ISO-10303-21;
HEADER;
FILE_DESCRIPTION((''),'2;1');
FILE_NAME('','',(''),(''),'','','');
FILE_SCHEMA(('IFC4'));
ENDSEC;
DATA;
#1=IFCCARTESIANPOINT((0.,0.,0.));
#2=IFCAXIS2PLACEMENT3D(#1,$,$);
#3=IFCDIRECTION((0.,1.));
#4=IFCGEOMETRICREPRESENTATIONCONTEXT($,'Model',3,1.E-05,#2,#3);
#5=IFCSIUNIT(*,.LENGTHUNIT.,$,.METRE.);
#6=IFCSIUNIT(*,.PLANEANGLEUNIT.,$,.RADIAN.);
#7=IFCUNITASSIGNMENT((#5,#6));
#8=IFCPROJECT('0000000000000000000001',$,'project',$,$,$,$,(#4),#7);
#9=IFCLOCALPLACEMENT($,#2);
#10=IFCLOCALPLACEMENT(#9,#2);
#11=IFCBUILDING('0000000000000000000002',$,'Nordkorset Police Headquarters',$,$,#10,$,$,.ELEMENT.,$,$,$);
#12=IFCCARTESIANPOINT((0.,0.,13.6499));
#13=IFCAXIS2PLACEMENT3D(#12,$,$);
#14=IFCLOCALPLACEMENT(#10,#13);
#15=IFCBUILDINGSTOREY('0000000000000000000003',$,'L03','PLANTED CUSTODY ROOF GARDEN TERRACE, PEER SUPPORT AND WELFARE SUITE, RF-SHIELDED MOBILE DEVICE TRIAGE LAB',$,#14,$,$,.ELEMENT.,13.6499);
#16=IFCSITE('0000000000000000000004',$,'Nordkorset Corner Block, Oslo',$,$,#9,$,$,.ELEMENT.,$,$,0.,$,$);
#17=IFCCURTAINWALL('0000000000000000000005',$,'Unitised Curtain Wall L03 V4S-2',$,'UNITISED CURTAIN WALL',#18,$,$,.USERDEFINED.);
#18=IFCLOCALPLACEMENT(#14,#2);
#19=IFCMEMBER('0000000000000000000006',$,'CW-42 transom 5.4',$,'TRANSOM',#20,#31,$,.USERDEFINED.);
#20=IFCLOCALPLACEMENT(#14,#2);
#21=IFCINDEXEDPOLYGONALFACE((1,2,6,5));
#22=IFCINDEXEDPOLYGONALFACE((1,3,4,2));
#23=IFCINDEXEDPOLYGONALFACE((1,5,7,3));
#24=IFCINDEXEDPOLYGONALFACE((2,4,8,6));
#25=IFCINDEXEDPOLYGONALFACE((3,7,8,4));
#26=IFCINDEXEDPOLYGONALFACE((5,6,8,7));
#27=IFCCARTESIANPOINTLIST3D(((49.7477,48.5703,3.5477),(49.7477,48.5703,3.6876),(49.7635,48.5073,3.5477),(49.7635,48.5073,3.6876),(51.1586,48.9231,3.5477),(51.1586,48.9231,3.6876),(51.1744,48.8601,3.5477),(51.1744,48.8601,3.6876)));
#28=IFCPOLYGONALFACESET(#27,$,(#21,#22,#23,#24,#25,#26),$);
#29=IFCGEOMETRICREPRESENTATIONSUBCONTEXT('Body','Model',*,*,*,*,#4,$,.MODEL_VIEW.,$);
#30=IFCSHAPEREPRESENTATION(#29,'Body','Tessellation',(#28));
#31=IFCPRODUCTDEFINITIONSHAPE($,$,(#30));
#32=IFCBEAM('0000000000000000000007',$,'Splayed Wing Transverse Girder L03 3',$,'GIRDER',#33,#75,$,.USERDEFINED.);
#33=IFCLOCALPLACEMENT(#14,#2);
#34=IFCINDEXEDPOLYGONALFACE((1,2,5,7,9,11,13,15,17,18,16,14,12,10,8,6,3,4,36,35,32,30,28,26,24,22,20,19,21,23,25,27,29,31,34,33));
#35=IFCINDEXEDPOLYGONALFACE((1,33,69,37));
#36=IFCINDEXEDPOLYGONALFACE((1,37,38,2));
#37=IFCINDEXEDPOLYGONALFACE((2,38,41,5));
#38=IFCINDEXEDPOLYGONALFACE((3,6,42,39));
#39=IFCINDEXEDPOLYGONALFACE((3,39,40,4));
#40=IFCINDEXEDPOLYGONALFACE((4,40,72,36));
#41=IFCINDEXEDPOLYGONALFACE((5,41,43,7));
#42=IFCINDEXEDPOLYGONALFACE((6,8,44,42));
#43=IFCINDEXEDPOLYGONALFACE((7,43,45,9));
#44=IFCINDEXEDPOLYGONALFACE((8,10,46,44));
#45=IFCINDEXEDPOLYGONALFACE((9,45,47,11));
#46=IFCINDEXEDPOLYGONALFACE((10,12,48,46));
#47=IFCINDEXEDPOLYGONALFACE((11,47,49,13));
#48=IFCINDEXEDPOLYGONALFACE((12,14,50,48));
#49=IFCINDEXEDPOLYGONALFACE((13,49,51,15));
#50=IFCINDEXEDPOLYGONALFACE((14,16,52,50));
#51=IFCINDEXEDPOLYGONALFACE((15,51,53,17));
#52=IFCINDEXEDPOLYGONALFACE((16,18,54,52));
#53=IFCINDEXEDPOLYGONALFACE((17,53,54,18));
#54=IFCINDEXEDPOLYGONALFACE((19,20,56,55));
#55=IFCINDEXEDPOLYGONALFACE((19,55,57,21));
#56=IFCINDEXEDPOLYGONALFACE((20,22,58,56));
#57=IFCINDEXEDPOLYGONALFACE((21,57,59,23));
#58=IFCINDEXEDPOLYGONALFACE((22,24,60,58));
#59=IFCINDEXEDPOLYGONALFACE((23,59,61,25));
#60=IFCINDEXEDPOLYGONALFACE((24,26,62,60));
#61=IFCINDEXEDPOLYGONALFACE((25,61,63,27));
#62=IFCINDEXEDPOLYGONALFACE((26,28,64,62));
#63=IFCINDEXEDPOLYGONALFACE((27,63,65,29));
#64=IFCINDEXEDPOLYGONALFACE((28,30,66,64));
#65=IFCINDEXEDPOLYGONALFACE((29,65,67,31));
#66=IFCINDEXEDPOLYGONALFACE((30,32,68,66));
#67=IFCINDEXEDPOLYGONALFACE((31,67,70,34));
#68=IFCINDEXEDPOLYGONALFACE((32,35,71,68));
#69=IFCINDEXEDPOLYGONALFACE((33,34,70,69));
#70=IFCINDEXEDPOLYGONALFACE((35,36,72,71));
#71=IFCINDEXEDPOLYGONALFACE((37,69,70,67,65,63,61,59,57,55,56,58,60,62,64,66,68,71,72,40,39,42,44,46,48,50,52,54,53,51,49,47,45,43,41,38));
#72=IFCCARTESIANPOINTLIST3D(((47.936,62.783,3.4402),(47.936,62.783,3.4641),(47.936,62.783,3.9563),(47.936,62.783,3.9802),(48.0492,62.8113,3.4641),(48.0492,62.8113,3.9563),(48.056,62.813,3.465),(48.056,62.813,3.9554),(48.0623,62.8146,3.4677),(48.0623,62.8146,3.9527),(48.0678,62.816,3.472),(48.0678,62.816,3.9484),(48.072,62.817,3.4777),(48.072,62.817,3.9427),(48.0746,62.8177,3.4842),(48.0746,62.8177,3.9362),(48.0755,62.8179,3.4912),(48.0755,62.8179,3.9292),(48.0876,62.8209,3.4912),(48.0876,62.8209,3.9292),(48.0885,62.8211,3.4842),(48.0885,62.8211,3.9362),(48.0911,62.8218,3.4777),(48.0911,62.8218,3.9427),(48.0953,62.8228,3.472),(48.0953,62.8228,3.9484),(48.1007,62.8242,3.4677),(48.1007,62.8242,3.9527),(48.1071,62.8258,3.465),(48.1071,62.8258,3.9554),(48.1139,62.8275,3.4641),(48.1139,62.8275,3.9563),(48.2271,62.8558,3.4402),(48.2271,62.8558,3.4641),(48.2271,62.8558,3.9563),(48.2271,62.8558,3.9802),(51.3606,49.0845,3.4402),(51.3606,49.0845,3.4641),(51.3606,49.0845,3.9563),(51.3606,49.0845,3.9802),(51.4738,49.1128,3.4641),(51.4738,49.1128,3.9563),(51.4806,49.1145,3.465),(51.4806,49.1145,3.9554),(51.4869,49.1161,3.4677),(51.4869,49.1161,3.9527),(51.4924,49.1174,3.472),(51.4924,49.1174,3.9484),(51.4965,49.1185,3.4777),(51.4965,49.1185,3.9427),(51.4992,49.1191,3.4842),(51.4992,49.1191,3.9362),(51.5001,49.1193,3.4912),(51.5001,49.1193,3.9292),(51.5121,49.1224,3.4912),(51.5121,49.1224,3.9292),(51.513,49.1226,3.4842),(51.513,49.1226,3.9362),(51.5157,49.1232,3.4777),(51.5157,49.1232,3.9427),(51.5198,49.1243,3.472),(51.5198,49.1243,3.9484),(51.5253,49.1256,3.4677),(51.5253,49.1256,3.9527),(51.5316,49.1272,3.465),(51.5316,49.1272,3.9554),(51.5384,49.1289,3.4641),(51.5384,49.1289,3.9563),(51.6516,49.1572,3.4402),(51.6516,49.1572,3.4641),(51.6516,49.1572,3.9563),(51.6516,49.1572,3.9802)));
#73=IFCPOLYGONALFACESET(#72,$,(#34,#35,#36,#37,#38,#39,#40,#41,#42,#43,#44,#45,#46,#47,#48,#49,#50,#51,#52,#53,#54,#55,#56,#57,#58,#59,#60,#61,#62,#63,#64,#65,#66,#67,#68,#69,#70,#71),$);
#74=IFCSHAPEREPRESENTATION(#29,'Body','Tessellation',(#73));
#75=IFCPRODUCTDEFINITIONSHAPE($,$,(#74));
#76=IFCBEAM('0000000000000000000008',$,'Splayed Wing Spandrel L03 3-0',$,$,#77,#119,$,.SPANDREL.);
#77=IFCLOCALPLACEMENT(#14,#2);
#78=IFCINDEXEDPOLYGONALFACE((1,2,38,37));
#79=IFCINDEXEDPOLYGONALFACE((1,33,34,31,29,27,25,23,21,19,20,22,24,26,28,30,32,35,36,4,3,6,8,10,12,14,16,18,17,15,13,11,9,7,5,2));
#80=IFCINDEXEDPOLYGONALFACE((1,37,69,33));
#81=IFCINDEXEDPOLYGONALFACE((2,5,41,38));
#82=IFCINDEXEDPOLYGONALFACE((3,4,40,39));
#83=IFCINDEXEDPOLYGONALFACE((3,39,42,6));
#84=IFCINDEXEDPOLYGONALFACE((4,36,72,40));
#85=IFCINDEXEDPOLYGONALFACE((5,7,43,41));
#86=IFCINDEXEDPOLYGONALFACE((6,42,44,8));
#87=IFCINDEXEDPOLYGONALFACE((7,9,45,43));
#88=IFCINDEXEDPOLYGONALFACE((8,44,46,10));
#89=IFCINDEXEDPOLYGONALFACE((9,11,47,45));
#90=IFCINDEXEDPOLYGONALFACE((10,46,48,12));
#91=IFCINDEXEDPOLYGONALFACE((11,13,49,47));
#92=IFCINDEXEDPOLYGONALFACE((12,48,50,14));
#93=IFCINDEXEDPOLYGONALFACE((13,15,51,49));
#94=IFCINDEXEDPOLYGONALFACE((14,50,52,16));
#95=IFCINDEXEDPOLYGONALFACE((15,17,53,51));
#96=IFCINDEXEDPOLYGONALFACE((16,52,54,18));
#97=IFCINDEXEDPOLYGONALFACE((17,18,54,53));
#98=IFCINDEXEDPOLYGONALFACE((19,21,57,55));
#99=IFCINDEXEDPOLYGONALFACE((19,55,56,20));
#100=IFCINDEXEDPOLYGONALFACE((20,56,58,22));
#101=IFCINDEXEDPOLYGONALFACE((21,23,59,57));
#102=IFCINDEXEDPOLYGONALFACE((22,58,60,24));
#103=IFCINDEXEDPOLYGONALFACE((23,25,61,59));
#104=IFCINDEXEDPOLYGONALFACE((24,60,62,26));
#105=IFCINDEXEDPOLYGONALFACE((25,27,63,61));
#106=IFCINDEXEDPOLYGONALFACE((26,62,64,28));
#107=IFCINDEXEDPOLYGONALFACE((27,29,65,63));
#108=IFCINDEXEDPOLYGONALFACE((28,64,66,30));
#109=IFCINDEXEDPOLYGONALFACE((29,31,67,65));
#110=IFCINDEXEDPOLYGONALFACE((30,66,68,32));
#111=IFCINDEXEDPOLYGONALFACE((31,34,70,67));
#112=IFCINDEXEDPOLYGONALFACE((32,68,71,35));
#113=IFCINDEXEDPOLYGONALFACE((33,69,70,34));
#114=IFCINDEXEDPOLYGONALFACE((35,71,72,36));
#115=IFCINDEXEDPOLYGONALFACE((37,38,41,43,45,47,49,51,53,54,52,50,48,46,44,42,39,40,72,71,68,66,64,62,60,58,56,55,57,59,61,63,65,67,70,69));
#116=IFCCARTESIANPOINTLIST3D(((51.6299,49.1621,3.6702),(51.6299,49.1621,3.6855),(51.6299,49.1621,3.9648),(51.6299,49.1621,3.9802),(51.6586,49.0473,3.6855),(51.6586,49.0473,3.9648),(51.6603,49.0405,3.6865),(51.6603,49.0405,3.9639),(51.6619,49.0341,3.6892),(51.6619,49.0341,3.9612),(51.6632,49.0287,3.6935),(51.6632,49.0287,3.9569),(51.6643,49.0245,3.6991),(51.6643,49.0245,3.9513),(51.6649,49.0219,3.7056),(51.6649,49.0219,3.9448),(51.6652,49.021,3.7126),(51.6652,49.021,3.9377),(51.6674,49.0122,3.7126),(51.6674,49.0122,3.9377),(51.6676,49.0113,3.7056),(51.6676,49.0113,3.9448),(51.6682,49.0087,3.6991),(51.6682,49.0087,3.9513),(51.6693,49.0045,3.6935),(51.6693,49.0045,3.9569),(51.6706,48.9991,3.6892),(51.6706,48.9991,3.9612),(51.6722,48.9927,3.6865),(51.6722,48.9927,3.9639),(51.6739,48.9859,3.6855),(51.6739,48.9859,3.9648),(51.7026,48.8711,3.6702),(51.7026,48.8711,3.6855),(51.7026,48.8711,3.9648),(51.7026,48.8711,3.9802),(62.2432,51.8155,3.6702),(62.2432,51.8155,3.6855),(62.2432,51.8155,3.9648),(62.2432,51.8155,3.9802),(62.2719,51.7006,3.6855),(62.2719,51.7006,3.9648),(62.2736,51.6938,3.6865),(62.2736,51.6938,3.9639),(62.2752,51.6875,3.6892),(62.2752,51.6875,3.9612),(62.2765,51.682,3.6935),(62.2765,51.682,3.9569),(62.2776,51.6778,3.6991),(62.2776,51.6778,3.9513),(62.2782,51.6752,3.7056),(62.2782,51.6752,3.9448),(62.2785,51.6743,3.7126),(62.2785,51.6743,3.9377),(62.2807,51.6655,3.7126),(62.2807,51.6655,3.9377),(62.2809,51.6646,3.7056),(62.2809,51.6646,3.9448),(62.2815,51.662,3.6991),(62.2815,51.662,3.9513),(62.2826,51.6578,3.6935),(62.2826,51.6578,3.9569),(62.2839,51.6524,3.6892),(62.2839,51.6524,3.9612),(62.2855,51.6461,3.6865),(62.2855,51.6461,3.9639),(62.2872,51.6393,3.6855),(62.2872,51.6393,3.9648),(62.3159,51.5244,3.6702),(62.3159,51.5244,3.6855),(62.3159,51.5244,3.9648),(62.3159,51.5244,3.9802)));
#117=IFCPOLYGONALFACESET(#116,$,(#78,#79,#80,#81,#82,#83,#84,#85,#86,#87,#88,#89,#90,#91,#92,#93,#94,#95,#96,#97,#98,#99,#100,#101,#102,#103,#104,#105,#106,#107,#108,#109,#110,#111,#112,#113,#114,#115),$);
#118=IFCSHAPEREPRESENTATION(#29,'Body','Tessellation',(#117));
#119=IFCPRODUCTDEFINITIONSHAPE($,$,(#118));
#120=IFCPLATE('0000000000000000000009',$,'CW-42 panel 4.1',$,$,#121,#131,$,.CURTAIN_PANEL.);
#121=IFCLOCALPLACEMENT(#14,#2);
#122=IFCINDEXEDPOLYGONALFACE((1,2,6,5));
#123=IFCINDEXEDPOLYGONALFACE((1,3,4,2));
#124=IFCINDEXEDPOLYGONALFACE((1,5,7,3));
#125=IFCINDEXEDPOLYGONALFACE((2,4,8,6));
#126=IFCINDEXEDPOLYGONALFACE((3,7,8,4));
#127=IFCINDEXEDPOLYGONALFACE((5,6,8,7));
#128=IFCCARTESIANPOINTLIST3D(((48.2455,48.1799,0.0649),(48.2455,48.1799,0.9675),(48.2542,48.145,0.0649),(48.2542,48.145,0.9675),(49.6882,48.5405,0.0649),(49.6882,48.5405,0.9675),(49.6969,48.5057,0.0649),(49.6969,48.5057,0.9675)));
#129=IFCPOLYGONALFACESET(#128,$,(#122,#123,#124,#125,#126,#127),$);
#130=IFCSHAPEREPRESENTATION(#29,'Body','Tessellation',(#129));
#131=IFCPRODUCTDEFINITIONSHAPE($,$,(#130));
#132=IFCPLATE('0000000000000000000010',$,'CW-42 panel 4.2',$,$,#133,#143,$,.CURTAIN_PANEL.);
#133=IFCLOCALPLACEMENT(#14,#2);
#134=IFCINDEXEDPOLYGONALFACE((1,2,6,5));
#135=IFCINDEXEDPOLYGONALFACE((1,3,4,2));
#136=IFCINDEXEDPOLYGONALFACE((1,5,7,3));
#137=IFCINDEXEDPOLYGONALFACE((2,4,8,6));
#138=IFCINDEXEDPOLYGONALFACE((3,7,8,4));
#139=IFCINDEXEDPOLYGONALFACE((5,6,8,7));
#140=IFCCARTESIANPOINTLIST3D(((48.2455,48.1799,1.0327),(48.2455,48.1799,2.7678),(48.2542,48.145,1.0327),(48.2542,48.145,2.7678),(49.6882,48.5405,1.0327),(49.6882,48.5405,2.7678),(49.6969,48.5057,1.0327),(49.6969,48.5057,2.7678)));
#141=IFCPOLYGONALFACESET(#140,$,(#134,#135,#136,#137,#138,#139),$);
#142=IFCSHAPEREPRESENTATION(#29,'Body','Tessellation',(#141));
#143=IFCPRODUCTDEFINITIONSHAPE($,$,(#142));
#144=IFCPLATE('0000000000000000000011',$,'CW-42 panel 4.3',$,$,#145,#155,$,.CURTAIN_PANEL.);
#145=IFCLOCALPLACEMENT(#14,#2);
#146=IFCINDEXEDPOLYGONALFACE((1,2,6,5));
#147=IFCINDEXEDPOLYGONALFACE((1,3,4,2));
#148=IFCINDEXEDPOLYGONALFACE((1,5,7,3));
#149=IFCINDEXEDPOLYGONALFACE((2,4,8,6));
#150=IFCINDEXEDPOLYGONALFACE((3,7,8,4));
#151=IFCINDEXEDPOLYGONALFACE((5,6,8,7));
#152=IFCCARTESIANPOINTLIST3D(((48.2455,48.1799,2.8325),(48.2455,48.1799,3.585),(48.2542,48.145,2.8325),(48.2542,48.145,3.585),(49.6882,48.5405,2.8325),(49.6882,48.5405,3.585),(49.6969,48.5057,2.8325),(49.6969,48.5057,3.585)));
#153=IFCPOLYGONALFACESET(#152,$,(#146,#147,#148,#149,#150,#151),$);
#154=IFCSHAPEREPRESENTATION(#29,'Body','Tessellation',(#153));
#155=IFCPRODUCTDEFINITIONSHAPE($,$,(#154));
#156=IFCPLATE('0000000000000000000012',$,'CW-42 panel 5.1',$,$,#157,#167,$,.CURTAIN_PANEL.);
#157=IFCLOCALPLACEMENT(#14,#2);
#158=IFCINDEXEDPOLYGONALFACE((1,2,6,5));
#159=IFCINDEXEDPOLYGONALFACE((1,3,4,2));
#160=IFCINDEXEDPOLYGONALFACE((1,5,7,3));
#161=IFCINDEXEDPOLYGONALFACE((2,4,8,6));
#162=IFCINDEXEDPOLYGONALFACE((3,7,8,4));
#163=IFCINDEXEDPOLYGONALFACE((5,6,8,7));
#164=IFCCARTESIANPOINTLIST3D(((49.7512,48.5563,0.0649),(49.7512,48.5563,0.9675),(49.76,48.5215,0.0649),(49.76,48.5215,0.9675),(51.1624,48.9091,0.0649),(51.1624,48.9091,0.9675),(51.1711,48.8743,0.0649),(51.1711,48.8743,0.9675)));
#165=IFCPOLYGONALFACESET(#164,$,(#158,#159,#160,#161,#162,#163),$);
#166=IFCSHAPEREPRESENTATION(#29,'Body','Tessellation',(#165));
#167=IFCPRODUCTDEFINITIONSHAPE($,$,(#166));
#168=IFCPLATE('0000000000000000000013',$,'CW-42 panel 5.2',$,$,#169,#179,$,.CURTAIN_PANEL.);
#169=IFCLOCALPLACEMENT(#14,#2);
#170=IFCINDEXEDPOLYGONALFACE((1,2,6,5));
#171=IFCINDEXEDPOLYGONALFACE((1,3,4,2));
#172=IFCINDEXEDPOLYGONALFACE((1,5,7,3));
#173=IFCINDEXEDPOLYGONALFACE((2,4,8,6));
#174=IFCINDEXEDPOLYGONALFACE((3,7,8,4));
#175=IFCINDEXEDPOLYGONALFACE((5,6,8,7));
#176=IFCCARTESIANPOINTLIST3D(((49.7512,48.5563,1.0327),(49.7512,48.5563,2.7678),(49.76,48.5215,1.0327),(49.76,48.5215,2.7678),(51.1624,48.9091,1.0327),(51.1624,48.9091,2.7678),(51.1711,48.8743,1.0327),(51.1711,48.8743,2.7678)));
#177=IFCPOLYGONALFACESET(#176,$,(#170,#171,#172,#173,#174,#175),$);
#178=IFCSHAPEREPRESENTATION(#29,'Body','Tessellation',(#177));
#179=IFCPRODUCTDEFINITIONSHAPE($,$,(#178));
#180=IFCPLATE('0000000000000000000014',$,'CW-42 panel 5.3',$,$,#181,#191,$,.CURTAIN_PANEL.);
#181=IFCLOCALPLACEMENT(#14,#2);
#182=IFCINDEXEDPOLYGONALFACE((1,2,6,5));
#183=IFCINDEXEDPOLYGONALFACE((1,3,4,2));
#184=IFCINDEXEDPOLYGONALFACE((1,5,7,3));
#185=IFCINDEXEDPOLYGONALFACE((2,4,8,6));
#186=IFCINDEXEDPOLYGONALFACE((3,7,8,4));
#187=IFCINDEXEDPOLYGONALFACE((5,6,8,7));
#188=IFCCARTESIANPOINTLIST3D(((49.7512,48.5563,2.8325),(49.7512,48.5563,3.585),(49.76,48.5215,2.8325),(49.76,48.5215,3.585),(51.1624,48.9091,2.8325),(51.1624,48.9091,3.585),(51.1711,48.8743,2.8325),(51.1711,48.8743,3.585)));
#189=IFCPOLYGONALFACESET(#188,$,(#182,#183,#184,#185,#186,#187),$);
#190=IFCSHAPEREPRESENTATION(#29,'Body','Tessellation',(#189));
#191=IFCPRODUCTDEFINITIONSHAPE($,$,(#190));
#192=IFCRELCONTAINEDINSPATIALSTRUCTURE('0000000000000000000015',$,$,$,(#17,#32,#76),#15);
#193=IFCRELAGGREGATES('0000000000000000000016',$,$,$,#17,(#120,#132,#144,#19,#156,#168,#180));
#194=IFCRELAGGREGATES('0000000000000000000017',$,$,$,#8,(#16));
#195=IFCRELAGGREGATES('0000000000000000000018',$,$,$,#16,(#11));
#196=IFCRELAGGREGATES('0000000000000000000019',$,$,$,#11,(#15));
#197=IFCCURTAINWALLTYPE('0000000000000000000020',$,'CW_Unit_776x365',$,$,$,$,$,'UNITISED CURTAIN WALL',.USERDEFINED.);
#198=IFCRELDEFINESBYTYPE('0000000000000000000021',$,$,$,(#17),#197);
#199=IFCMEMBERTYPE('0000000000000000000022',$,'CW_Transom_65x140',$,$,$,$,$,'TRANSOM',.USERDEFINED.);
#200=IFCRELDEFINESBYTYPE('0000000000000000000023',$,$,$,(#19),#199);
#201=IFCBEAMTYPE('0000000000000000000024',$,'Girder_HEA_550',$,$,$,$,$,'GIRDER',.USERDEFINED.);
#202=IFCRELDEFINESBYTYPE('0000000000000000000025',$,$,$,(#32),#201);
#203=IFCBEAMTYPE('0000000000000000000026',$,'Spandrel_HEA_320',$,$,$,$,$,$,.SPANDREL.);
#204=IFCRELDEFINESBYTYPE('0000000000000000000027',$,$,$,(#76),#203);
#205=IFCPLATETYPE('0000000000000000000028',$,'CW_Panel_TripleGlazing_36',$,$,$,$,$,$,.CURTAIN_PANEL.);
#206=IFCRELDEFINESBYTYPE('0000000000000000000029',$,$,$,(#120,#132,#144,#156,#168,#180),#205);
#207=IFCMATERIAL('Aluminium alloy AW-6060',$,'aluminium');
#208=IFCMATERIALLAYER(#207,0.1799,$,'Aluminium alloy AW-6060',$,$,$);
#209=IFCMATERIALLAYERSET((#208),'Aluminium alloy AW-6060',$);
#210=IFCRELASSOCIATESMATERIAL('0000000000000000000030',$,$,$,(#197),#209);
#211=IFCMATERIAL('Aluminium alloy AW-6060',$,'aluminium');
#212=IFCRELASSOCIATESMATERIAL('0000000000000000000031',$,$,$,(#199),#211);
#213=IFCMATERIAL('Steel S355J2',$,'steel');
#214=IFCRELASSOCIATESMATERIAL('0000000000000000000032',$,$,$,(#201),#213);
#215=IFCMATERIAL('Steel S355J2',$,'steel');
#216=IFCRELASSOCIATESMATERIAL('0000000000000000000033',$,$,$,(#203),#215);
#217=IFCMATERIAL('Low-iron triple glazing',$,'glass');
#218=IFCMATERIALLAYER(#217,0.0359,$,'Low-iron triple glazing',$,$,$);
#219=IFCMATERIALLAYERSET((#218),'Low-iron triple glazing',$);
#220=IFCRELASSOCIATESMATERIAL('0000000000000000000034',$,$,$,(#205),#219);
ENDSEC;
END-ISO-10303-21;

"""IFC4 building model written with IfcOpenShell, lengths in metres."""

from ifc_helpers import new_model, si_unit, direction, frame, origin, origin_2d, place, context, subcontext, project, spatial, rectangle, i_section, extrude, material, layer, layer_set, material_profile, profile_set, type_object, element, aggregate, save


model = new_model("IFC4")

# Units and contexts
model_context = context("Model", 3, precision=1e-05, world=origin(), true_north=direction((0.0, 1.0)))
body_context = subcontext(model_context, "Body", "Model", "MODEL_VIEW")
ifc_project = project(units=[si_unit("LENGTHUNIT", "METRE"), si_unit("PLANEANGLEUNIT", "RADIAN")], contexts=[model_context])

# Site, building, storey
site_placement = place(None, origin())
site = spatial("IfcSite", under=ifc_project, at=site_placement, Name="Nordkorset Corner Block, Oslo", CompositionType="ELEMENT", RefElevation=0.0)
building_placement = place(site_placement, origin())
building = spatial("IfcBuilding", under=site, at=building_placement, Name="Nordkorset Police Headquarters", CompositionType="ELEMENT")
storey_placement = place(building_placement, frame((0.0, 0.0, 13.6499)))
storey = spatial("IfcBuildingStorey", under=building, at=storey_placement, Name="L03", Description="PLANTED CUSTODY ROOF GARDEN TERRACE, PEER SUPPORT AND WELFARE SUITE, RF-SHIELDED MOBILE DEVICE TRIAGE LAB", CompositionType="ELEMENT", Elevation=13.6499)

# Curtain wall, member
ifc_material_1 = material(Name="Aluminium alloy AW-6060", Category="aluminium")
ifc_layer_1 = layer(ifc_material_1, 0.1799, Name="Aluminium alloy AW-6060")
ifc_layer_set_1 = layer_set([ifc_layer_1], Name="Aluminium alloy AW-6060")
curtain_wall_type = type_object("IfcCurtainWallType", Name="CW_Unit_776x365", ElementType="UNITISED CURTAIN WALL", PredefinedType="USERDEFINED", material=ifc_layer_set_1)
curtain_wall_placement = place(storey_placement, origin())
curtain_wall = element("IfcCurtainWall", 1, at=curtain_wall_placement, inside=storey, type_object=curtain_wall_type, Name="Unitised Curtain Wall L03 V4S-2", ObjectType="UNITISED CURTAIN WALL", PredefinedType="USERDEFINED")
ifc_material_2 = material(Name="Aluminium alloy AW-6060", Category="aluminium")
ifc_material_profile_1 = material_profile(ifc_material_2, rectangle(XDim=0.0649, YDim=0.1399, at=origin_2d()), Name="ALU TRAN 65x140")
ifc_profile_set_1 = profile_set([ifc_material_profile_1], Name="Aluminium alloy AW-6060")
member_type_1 = type_object("IfcMemberType", Name="CW_Transom_65x140", ElementType="TRANSOM", PredefinedType="USERDEFINED", material=ifc_profile_set_1)
member_1_placement = place(storey_placement, frame((49.7556, 48.5388, 3.6177), z_axis=(0.970133, 0.242575, 0.0), x_axis=(-0.242575, 0.970133, 0.0)))
member_1 = element("IfcMember", 2, at=member_1_placement, type_object=member_type_1, Name="CW-42 transom 5.4", ObjectType="TRANSOM", PredefinedType="USERDEFINED", context=body_context, shape_type="SweptSolid", body=[
    extrude(rectangle(XDim=0.0649, YDim=0.1399, at=origin_2d()), origin(), (0.0, 0.0, 1.0), 1.4543),
])

# Beams
ifc_material_3 = material(Name="Steel S355J2", Category="steel")
ifc_material_profile_2 = material_profile(ifc_material_3, i_section(OverallWidth=0.3, OverallDepth=0.54, WebThickness=0.0125, FlangeThickness=0.0239, FilletRadius=0.0271, at=origin_2d()), Name="HEA 550")
ifc_profile_set_2 = profile_set([ifc_material_profile_2], Name="Steel S355J2")
beam_type_1 = type_object("IfcBeamType", Name="Girder_HEA_550", ElementType="GIRDER", PredefinedType="USERDEFINED", material=ifc_profile_set_2)
beam_1_placement = place(storey_placement, frame((51.5061, 49.1208, 3.7102), z_axis=(-0.242532, 0.970144, 0.0), x_axis=(-0.970144, -0.242532, 0.0)))
element("IfcBeam", 3, at=beam_1_placement, inside=storey, type_object=beam_type_1, Name="Splayed Wing Transverse Girder L03 3", ObjectType="GIRDER", PredefinedType="USERDEFINED", context=body_context, shape_type="SweptSolid", body=[
    extrude(i_section(OverallWidth=0.3, OverallDepth=0.54, WebThickness=0.0125, FlangeThickness=0.0239, FilletRadius=0.0271, at=origin_2d()), origin(), (0.0, 0.0, 1.0), 14.1201),
])
ifc_material_4 = material(Name="Steel S355J2", Category="steel")
ifc_material_profile_3 = material_profile(ifc_material_4, i_section(OverallWidth=0.3, OverallDepth=0.3101, WebThickness=0.009, FlangeThickness=0.0154, FilletRadius=0.0271, at=origin_2d()), Name="HEA 320")
ifc_profile_set_3 = profile_set([ifc_material_profile_3], Name="Steel S355J2")
beam_type_2 = type_object("IfcBeamType", Name="Spandrel_HEA_320", PredefinedType="SPANDREL", material=ifc_profile_set_3)
beam_2_placement = place(storey_placement, frame((51.6663, 49.0166, 3.8252), z_axis=(0.970143, 0.242536, 0.0), x_axis=(-0.242536, 0.970143, 0.0)))
element("IfcBeam", 4, at=beam_2_placement, inside=storey, type_object=beam_type_2, Name="Splayed Wing Spandrel L03 3-0", PredefinedType="SPANDREL", context=body_context, shape_type="SweptSolid", body=[
    extrude(i_section(OverallWidth=0.3, OverallDepth=0.3101, WebThickness=0.009, FlangeThickness=0.0154, FilletRadius=0.0271, at=origin_2d()), origin(), (0.0, 0.0, 1.0), 10.9399),
])

# Plates
ifc_material_5 = material(Name="Low-iron triple glazing", Category="glass")
ifc_layer_2 = layer(ifc_material_5, 0.0359, Name="Low-iron triple glazing")
ifc_layer_set_2 = layer_set([ifc_layer_2], Name="Low-iron triple glazing")
plate_type = type_object("IfcPlateType", Name="CW_Panel_TripleGlazing_36", PredefinedType="CURTAIN_PANEL", material=ifc_layer_set_2)
plate_1_placement = place(storey_placement, frame((48.9712, 48.3428, 0.0649), z_axis=(0.0, 0.0, 1.0), x_axis=(0.970143, 0.242535, 0.0)))
plate_1 = element("IfcPlate", 5, at=plate_1_placement, type_object=plate_type, Name="CW-42 panel 4.1", PredefinedType="CURTAIN_PANEL", context=body_context, shape_type="SweptSolid", body=[
    extrude(rectangle(XDim=1.4871, YDim=0.0359, at=origin_2d()), origin(), (0.0, 0.0, 1.0), 0.9026),
])
plate_2_placement = place(storey_placement, frame((48.9712, 48.3428, 1.0327), z_axis=(0.0, 0.0, 1.0), x_axis=(0.970143, 0.242535, 0.0)))
plate_2 = element("IfcPlate", 6, at=plate_2_placement, type_object=plate_type, Name="CW-42 panel 4.2", PredefinedType="CURTAIN_PANEL", context=body_context, shape_type="SweptSolid", body=[
    extrude(rectangle(XDim=1.4871, YDim=0.0359, at=origin_2d()), origin(), (0.0, 0.0, 1.0), 1.7351),
])
plate_3_placement = place(storey_placement, frame((48.9712, 48.3428, 2.8325), z_axis=(0.0, 0.0, 1.0), x_axis=(0.970143, 0.242535, 0.0)))
plate_3 = element("IfcPlate", 7, at=plate_3_placement, type_object=plate_type, Name="CW-42 panel 4.3", PredefinedType="CURTAIN_PANEL", context=body_context, shape_type="SweptSolid", body=[
    extrude(rectangle(XDim=1.4871, YDim=0.0359, at=origin_2d()), origin(), (0.0, 0.0, 1.0), 0.7524),
])
plate_4_placement = place(storey_placement, frame((50.4612, 48.7153, 0.0649), z_axis=(0.0, 0.0, 1.0), x_axis=(0.970143, 0.242535, 0.0)))
plate_4 = element("IfcPlate", 8, at=plate_4_placement, type_object=plate_type, Name="CW-42 panel 5.1", PredefinedType="CURTAIN_PANEL", context=body_context, shape_type="SweptSolid", body=[
    extrude(rectangle(XDim=1.4546, YDim=0.0359, at=origin_2d()), origin(), (0.0, 0.0, 1.0), 0.9026),
])
plate_5_placement = place(storey_placement, frame((50.4612, 48.7153, 1.0327), z_axis=(0.0, 0.0, 1.0), x_axis=(0.970143, 0.242535, 0.0)))
plate_5 = element("IfcPlate", 9, at=plate_5_placement, type_object=plate_type, Name="CW-42 panel 5.2", PredefinedType="CURTAIN_PANEL", context=body_context, shape_type="SweptSolid", body=[
    extrude(rectangle(XDim=1.4546, YDim=0.0359, at=origin_2d()), origin(), (0.0, 0.0, 1.0), 1.7351),
])
plate_6_placement = place(storey_placement, frame((50.4612, 48.7153, 2.8325), z_axis=(0.0, 0.0, 1.0), x_axis=(0.970143, 0.242535, 0.0)))
plate_6 = element("IfcPlate", 10, at=plate_6_placement, type_object=plate_type, Name="CW-42 panel 5.3", PredefinedType="CURTAIN_PANEL", context=body_context, shape_type="SweptSolid", body=[
    extrude(rectangle(XDim=1.4546, YDim=0.0359, at=origin_2d()), origin(), (0.0, 0.0, 1.0), 0.7524),
])
aggregate(curtain_wall, [plate_1, plate_2, plate_3, member_1, plate_4, plate_5, plate_6])

save(model, "model.ifc")
